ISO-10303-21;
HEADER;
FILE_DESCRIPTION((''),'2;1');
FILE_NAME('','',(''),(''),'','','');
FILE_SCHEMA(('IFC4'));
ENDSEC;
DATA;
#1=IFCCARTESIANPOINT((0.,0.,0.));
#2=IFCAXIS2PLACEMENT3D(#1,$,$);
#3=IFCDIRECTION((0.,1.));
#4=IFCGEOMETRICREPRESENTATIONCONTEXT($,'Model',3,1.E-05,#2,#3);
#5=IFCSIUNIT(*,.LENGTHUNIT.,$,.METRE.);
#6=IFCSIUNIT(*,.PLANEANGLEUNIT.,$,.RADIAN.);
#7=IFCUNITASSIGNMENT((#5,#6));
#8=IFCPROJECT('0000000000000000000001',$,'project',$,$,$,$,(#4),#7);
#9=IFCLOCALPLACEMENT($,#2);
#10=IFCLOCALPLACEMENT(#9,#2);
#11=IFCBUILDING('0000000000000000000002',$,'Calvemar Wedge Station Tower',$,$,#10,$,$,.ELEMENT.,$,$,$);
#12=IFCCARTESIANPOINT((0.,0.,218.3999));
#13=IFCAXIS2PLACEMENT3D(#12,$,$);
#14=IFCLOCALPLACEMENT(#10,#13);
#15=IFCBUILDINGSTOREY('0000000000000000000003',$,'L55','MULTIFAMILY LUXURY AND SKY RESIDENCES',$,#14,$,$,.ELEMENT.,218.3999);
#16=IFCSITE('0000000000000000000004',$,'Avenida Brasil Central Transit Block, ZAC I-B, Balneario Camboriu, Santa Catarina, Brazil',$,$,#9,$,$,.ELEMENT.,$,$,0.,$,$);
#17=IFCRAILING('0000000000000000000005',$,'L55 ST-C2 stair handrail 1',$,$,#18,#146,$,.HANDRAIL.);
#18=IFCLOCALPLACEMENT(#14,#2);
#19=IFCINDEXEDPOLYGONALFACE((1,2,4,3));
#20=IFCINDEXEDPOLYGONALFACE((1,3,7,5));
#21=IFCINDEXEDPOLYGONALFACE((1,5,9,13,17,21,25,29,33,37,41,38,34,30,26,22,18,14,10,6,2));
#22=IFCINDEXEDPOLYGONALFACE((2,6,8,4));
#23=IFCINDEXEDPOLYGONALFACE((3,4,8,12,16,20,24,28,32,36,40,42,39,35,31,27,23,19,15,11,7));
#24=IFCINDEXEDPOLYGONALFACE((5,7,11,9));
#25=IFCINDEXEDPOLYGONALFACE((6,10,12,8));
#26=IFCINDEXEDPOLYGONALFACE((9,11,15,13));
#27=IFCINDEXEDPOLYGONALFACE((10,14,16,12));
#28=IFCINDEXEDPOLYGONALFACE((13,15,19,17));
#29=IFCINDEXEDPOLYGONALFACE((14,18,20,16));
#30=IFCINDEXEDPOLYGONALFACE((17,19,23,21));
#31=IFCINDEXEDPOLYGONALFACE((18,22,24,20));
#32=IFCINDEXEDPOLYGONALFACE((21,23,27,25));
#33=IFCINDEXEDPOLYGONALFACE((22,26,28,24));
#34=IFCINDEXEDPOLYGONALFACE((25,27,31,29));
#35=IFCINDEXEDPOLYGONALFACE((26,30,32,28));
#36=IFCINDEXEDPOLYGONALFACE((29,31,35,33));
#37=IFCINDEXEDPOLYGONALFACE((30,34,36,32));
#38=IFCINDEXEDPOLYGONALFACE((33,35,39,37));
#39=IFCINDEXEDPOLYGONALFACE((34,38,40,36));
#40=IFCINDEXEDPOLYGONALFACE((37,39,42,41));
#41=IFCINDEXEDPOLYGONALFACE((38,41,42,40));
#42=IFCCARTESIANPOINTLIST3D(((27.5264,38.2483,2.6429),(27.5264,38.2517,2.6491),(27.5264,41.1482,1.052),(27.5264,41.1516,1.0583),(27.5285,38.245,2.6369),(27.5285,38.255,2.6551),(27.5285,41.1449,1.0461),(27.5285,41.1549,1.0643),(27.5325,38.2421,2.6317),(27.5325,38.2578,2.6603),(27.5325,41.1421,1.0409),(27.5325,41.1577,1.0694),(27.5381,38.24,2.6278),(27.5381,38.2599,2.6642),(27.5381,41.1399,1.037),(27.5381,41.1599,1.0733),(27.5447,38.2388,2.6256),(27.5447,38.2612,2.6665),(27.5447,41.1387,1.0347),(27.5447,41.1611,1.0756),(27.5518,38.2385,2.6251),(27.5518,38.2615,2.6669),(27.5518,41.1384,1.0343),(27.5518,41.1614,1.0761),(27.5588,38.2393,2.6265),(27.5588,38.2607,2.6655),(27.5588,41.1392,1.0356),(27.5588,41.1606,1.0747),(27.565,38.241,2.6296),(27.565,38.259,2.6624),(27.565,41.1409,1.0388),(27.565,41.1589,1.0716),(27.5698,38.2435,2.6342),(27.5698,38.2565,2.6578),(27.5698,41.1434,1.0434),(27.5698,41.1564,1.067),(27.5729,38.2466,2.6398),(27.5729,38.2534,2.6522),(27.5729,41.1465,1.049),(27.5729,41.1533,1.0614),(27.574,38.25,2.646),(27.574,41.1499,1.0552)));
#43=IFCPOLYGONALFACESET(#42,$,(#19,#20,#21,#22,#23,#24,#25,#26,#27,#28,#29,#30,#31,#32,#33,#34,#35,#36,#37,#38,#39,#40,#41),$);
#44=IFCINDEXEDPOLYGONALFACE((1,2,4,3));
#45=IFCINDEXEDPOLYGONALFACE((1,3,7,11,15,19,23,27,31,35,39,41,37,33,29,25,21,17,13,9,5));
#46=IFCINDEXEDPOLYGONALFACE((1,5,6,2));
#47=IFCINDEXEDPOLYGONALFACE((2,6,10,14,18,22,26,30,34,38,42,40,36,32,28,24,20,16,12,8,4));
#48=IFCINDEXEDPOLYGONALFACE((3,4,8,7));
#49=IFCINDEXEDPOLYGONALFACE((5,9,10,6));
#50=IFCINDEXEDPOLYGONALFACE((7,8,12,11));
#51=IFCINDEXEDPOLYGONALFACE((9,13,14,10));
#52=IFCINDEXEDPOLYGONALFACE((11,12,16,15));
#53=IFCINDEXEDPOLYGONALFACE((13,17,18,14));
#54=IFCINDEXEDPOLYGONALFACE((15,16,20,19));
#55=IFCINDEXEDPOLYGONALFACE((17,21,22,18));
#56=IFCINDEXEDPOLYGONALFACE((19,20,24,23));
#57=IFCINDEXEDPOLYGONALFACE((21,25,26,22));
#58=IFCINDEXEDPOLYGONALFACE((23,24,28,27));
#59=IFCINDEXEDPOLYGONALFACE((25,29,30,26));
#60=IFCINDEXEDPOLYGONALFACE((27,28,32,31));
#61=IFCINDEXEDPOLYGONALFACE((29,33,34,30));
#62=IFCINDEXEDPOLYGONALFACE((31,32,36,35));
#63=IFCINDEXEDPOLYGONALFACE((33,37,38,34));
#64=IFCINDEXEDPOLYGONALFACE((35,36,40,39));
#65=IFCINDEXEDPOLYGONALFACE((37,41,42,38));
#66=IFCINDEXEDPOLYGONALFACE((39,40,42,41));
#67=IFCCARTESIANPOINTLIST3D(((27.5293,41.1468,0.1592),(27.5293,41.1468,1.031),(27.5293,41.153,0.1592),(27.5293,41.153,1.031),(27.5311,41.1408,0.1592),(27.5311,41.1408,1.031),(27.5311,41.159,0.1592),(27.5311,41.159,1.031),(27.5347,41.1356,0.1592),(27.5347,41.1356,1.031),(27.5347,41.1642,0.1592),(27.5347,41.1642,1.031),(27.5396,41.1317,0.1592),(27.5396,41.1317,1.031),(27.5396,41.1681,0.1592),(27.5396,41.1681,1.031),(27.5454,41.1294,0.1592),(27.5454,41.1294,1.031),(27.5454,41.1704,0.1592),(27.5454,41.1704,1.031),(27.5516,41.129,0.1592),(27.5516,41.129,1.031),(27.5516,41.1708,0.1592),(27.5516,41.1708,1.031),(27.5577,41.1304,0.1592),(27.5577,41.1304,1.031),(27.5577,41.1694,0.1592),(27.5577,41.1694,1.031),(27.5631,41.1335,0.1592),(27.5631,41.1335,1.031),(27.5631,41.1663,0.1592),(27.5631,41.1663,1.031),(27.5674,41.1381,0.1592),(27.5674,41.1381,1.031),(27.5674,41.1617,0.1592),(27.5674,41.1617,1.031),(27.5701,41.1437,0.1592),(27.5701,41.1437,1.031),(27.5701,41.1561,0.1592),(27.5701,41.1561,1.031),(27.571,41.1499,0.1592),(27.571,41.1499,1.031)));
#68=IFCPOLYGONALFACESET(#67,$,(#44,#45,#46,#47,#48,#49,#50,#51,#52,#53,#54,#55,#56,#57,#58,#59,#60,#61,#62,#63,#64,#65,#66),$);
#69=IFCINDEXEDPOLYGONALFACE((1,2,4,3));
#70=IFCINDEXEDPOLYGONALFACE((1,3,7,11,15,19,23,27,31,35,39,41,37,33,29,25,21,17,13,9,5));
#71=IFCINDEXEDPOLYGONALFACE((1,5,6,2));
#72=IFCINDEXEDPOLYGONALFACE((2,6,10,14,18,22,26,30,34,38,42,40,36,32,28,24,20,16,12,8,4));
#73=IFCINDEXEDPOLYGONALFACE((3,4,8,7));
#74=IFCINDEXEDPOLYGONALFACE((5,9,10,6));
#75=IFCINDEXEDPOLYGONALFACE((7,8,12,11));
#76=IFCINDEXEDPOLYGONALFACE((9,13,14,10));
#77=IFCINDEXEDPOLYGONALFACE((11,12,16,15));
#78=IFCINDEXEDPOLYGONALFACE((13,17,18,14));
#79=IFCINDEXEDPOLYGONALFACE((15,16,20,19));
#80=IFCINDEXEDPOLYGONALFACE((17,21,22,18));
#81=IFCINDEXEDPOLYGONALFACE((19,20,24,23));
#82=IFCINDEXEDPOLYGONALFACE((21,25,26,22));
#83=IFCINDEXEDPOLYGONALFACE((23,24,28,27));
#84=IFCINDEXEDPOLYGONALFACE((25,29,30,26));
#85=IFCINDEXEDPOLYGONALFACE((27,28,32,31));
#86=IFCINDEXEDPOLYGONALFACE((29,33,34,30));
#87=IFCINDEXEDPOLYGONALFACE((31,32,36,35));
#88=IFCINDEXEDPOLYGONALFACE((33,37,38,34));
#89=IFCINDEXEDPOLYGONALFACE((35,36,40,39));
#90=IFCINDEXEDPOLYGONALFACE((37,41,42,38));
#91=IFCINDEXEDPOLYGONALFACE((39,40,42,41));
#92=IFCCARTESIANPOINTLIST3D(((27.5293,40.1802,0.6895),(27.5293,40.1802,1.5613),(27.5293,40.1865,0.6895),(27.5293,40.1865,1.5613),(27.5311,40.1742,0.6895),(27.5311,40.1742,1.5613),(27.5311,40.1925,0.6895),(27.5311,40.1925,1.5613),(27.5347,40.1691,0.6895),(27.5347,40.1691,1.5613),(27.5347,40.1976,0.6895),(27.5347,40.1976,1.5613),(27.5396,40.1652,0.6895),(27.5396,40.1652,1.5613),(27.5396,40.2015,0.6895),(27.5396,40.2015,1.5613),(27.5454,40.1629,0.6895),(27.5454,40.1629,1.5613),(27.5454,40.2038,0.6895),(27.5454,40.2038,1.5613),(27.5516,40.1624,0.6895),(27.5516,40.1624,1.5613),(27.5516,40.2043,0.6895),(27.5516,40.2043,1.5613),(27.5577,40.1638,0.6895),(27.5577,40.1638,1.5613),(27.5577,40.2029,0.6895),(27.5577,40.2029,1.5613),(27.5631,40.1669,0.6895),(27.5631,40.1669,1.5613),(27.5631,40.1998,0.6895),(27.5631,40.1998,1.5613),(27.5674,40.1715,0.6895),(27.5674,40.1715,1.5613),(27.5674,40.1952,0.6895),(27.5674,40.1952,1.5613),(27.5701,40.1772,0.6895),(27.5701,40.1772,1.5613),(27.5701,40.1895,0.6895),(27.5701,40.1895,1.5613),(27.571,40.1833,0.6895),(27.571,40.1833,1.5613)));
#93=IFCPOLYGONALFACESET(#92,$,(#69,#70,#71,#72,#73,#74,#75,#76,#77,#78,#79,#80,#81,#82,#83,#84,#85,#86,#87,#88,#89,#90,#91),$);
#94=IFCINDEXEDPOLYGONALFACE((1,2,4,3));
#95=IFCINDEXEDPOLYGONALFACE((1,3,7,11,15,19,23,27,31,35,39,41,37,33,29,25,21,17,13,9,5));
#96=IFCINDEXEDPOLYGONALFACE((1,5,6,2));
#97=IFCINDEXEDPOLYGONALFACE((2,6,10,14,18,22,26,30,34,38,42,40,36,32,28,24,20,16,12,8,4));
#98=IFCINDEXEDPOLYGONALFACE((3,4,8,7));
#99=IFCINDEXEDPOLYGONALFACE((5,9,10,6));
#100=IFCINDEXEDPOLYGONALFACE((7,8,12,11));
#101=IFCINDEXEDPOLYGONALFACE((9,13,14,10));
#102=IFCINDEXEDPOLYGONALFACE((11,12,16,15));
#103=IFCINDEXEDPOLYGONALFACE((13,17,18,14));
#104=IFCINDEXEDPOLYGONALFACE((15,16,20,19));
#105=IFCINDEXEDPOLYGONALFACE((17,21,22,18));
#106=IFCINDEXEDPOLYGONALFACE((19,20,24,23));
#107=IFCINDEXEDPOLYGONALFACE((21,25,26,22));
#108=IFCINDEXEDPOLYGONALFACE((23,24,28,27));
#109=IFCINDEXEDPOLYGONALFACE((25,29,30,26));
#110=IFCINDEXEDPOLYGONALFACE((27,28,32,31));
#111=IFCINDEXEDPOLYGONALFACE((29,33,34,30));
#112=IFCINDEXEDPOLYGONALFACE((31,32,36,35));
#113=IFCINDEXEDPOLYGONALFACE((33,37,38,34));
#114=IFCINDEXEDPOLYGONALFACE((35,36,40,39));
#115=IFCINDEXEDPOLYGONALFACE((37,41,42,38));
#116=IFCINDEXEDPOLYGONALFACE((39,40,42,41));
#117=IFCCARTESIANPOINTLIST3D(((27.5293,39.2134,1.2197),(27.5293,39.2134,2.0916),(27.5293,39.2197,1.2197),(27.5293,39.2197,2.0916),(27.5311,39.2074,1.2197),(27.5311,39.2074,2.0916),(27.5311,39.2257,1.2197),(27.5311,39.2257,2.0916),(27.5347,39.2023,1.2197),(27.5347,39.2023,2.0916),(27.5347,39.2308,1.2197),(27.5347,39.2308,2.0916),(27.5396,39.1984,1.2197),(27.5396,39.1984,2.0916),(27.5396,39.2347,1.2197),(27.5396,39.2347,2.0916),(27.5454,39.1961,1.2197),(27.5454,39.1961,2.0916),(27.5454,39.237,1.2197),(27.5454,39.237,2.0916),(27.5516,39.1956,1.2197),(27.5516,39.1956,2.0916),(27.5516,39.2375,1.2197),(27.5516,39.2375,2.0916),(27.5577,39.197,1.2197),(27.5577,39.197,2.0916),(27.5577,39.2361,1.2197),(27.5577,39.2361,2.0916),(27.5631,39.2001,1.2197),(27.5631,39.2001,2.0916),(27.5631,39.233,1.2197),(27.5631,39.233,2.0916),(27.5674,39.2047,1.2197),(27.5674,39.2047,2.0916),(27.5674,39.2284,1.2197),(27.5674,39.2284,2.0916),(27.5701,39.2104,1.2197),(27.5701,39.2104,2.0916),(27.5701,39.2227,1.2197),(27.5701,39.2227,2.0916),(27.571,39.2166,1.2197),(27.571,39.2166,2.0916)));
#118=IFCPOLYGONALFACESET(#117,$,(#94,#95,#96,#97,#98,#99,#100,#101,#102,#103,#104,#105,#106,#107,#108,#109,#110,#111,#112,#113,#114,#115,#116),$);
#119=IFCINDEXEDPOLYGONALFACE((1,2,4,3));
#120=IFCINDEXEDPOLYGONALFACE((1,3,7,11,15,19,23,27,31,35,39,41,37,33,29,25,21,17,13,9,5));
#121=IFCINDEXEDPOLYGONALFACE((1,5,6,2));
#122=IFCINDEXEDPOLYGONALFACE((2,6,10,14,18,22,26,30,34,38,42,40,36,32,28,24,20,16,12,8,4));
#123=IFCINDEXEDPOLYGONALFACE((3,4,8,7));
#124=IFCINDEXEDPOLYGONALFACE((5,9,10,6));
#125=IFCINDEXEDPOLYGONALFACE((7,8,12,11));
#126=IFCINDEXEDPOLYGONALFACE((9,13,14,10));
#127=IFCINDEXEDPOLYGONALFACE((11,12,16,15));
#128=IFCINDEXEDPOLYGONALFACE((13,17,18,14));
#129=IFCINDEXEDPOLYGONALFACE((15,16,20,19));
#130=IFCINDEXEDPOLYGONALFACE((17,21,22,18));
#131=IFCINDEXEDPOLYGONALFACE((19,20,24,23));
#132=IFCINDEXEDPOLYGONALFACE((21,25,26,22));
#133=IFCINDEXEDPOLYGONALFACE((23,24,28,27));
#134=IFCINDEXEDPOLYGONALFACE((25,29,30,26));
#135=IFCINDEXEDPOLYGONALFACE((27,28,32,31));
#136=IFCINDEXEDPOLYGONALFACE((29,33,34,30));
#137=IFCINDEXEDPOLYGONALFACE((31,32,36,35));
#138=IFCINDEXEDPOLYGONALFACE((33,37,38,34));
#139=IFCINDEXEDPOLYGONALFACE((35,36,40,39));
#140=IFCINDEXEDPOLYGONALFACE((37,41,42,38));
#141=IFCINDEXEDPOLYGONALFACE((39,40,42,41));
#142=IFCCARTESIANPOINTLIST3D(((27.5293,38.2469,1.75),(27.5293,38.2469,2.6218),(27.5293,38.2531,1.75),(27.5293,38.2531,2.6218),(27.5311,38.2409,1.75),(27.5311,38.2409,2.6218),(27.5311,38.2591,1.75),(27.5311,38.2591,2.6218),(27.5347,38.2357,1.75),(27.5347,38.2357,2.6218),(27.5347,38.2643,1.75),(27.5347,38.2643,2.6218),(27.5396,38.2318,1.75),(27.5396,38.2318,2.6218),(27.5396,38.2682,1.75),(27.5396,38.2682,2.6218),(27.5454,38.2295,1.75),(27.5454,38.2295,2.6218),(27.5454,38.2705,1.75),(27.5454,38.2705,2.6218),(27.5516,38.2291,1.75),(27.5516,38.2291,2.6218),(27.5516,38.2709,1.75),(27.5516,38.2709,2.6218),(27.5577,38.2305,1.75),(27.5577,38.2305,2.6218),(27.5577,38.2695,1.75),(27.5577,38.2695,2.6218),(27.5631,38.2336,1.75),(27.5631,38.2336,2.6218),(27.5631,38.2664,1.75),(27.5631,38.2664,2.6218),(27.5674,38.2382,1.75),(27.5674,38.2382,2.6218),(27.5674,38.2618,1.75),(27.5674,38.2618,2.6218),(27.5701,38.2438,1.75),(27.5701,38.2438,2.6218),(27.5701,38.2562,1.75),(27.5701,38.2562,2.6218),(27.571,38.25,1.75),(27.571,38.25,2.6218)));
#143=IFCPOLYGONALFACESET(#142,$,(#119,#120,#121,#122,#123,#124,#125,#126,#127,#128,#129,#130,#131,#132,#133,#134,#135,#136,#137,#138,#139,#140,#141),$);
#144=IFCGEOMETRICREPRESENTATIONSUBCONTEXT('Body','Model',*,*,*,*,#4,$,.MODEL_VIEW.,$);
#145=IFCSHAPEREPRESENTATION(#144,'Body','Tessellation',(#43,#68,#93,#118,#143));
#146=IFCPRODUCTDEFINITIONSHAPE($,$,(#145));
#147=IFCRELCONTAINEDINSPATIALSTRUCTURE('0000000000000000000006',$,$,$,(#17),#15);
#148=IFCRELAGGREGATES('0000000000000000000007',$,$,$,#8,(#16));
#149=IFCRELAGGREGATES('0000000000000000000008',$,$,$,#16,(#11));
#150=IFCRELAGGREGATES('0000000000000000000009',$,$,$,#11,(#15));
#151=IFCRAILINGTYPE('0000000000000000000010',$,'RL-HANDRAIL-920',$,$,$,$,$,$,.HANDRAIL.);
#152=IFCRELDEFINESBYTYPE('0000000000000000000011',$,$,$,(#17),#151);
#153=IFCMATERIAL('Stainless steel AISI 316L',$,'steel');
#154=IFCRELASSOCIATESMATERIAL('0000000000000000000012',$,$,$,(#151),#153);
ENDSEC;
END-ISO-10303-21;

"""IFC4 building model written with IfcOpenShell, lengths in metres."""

from ifc_helpers import new_model, si_unit, direction, frame, origin, origin_2d, place, context, subcontext, project, spatial, circle, extrude, material, type_object, element, save


model = new_model("IFC4")

# Units and contexts
model_context = context("Model", 3, precision=1e-05, world=origin(), true_north=direction((0.0, 1.0)))
body_context = subcontext(model_context, "Body", "Model", "MODEL_VIEW")
ifc_project = project(units=[si_unit("LENGTHUNIT", "METRE"), si_unit("PLANEANGLEUNIT", "RADIAN")], contexts=[model_context])

# Site, building, storey
site_placement = place(None, origin())
site = spatial("IfcSite", under=ifc_project, at=site_placement, Name="Avenida Brasil Central Transit Block, ZAC I-B, Balneario Camboriu, Santa Catarina, Brazil", CompositionType="ELEMENT", RefElevation=0.0)
building_placement = place(site_placement, origin())
building = spatial("IfcBuilding", under=site, at=building_placement, Name="Calvemar Wedge Station Tower", CompositionType="ELEMENT")
storey_placement = place(building_placement, frame((0.0, 0.0, 218.3999)))
storey = spatial("IfcBuildingStorey", under=building, at=storey_placement, Name="L55", Description="MULTIFAMILY LUXURY AND SKY RESIDENCES", CompositionType="ELEMENT", Elevation=218.3999)

# Railing
ifc_material_1 = material(Name="Stainless steel AISI 316L", Category="steel")
railing_type = type_object("IfcRailingType", Name="RL-HANDRAIL-920", PredefinedType="HANDRAIL", material=ifc_material_1)
railing_placement = place(storey_placement, frame((27.55, 41.1499, 0.1592)))
element("IfcRailing", 1, at=railing_placement, inside=storey, type_object=railing_type, Name="L55 ST-C2 stair handrail 1", PredefinedType="HANDRAIL", context=body_context, shape_type="SweptSolid", body=[
    extrude(circle(Radius=0.0239, at=origin_2d()), frame((0.0, 0.0, 0.896), z_axis=(0.0, -0.876742, 0.480961), x_axis=(1.0, 0.0, 0.0)), (0.0, 0.0, 1.0), 3.3076),
    extrude(circle(Radius=0.021, at=origin_2d()), origin(), (0.0, 0.0, 1.0), 0.8718),
    extrude(circle(Radius=0.021, at=origin_2d()), frame((0.0, -0.9666, 0.5303)), (0.0, 0.0, 1.0), 0.8718),
    extrude(circle(Radius=0.021, at=origin_2d()), frame((0.0, -1.9333, 1.0605)), (0.0, 0.0, 1.0), 0.8718),
    extrude(circle(Radius=0.021, at=origin_2d()), frame((0.0, -2.8999, 1.5908)), (0.0, 0.0, 1.0), 0.8718),
])

save(model, "model.ifc")
